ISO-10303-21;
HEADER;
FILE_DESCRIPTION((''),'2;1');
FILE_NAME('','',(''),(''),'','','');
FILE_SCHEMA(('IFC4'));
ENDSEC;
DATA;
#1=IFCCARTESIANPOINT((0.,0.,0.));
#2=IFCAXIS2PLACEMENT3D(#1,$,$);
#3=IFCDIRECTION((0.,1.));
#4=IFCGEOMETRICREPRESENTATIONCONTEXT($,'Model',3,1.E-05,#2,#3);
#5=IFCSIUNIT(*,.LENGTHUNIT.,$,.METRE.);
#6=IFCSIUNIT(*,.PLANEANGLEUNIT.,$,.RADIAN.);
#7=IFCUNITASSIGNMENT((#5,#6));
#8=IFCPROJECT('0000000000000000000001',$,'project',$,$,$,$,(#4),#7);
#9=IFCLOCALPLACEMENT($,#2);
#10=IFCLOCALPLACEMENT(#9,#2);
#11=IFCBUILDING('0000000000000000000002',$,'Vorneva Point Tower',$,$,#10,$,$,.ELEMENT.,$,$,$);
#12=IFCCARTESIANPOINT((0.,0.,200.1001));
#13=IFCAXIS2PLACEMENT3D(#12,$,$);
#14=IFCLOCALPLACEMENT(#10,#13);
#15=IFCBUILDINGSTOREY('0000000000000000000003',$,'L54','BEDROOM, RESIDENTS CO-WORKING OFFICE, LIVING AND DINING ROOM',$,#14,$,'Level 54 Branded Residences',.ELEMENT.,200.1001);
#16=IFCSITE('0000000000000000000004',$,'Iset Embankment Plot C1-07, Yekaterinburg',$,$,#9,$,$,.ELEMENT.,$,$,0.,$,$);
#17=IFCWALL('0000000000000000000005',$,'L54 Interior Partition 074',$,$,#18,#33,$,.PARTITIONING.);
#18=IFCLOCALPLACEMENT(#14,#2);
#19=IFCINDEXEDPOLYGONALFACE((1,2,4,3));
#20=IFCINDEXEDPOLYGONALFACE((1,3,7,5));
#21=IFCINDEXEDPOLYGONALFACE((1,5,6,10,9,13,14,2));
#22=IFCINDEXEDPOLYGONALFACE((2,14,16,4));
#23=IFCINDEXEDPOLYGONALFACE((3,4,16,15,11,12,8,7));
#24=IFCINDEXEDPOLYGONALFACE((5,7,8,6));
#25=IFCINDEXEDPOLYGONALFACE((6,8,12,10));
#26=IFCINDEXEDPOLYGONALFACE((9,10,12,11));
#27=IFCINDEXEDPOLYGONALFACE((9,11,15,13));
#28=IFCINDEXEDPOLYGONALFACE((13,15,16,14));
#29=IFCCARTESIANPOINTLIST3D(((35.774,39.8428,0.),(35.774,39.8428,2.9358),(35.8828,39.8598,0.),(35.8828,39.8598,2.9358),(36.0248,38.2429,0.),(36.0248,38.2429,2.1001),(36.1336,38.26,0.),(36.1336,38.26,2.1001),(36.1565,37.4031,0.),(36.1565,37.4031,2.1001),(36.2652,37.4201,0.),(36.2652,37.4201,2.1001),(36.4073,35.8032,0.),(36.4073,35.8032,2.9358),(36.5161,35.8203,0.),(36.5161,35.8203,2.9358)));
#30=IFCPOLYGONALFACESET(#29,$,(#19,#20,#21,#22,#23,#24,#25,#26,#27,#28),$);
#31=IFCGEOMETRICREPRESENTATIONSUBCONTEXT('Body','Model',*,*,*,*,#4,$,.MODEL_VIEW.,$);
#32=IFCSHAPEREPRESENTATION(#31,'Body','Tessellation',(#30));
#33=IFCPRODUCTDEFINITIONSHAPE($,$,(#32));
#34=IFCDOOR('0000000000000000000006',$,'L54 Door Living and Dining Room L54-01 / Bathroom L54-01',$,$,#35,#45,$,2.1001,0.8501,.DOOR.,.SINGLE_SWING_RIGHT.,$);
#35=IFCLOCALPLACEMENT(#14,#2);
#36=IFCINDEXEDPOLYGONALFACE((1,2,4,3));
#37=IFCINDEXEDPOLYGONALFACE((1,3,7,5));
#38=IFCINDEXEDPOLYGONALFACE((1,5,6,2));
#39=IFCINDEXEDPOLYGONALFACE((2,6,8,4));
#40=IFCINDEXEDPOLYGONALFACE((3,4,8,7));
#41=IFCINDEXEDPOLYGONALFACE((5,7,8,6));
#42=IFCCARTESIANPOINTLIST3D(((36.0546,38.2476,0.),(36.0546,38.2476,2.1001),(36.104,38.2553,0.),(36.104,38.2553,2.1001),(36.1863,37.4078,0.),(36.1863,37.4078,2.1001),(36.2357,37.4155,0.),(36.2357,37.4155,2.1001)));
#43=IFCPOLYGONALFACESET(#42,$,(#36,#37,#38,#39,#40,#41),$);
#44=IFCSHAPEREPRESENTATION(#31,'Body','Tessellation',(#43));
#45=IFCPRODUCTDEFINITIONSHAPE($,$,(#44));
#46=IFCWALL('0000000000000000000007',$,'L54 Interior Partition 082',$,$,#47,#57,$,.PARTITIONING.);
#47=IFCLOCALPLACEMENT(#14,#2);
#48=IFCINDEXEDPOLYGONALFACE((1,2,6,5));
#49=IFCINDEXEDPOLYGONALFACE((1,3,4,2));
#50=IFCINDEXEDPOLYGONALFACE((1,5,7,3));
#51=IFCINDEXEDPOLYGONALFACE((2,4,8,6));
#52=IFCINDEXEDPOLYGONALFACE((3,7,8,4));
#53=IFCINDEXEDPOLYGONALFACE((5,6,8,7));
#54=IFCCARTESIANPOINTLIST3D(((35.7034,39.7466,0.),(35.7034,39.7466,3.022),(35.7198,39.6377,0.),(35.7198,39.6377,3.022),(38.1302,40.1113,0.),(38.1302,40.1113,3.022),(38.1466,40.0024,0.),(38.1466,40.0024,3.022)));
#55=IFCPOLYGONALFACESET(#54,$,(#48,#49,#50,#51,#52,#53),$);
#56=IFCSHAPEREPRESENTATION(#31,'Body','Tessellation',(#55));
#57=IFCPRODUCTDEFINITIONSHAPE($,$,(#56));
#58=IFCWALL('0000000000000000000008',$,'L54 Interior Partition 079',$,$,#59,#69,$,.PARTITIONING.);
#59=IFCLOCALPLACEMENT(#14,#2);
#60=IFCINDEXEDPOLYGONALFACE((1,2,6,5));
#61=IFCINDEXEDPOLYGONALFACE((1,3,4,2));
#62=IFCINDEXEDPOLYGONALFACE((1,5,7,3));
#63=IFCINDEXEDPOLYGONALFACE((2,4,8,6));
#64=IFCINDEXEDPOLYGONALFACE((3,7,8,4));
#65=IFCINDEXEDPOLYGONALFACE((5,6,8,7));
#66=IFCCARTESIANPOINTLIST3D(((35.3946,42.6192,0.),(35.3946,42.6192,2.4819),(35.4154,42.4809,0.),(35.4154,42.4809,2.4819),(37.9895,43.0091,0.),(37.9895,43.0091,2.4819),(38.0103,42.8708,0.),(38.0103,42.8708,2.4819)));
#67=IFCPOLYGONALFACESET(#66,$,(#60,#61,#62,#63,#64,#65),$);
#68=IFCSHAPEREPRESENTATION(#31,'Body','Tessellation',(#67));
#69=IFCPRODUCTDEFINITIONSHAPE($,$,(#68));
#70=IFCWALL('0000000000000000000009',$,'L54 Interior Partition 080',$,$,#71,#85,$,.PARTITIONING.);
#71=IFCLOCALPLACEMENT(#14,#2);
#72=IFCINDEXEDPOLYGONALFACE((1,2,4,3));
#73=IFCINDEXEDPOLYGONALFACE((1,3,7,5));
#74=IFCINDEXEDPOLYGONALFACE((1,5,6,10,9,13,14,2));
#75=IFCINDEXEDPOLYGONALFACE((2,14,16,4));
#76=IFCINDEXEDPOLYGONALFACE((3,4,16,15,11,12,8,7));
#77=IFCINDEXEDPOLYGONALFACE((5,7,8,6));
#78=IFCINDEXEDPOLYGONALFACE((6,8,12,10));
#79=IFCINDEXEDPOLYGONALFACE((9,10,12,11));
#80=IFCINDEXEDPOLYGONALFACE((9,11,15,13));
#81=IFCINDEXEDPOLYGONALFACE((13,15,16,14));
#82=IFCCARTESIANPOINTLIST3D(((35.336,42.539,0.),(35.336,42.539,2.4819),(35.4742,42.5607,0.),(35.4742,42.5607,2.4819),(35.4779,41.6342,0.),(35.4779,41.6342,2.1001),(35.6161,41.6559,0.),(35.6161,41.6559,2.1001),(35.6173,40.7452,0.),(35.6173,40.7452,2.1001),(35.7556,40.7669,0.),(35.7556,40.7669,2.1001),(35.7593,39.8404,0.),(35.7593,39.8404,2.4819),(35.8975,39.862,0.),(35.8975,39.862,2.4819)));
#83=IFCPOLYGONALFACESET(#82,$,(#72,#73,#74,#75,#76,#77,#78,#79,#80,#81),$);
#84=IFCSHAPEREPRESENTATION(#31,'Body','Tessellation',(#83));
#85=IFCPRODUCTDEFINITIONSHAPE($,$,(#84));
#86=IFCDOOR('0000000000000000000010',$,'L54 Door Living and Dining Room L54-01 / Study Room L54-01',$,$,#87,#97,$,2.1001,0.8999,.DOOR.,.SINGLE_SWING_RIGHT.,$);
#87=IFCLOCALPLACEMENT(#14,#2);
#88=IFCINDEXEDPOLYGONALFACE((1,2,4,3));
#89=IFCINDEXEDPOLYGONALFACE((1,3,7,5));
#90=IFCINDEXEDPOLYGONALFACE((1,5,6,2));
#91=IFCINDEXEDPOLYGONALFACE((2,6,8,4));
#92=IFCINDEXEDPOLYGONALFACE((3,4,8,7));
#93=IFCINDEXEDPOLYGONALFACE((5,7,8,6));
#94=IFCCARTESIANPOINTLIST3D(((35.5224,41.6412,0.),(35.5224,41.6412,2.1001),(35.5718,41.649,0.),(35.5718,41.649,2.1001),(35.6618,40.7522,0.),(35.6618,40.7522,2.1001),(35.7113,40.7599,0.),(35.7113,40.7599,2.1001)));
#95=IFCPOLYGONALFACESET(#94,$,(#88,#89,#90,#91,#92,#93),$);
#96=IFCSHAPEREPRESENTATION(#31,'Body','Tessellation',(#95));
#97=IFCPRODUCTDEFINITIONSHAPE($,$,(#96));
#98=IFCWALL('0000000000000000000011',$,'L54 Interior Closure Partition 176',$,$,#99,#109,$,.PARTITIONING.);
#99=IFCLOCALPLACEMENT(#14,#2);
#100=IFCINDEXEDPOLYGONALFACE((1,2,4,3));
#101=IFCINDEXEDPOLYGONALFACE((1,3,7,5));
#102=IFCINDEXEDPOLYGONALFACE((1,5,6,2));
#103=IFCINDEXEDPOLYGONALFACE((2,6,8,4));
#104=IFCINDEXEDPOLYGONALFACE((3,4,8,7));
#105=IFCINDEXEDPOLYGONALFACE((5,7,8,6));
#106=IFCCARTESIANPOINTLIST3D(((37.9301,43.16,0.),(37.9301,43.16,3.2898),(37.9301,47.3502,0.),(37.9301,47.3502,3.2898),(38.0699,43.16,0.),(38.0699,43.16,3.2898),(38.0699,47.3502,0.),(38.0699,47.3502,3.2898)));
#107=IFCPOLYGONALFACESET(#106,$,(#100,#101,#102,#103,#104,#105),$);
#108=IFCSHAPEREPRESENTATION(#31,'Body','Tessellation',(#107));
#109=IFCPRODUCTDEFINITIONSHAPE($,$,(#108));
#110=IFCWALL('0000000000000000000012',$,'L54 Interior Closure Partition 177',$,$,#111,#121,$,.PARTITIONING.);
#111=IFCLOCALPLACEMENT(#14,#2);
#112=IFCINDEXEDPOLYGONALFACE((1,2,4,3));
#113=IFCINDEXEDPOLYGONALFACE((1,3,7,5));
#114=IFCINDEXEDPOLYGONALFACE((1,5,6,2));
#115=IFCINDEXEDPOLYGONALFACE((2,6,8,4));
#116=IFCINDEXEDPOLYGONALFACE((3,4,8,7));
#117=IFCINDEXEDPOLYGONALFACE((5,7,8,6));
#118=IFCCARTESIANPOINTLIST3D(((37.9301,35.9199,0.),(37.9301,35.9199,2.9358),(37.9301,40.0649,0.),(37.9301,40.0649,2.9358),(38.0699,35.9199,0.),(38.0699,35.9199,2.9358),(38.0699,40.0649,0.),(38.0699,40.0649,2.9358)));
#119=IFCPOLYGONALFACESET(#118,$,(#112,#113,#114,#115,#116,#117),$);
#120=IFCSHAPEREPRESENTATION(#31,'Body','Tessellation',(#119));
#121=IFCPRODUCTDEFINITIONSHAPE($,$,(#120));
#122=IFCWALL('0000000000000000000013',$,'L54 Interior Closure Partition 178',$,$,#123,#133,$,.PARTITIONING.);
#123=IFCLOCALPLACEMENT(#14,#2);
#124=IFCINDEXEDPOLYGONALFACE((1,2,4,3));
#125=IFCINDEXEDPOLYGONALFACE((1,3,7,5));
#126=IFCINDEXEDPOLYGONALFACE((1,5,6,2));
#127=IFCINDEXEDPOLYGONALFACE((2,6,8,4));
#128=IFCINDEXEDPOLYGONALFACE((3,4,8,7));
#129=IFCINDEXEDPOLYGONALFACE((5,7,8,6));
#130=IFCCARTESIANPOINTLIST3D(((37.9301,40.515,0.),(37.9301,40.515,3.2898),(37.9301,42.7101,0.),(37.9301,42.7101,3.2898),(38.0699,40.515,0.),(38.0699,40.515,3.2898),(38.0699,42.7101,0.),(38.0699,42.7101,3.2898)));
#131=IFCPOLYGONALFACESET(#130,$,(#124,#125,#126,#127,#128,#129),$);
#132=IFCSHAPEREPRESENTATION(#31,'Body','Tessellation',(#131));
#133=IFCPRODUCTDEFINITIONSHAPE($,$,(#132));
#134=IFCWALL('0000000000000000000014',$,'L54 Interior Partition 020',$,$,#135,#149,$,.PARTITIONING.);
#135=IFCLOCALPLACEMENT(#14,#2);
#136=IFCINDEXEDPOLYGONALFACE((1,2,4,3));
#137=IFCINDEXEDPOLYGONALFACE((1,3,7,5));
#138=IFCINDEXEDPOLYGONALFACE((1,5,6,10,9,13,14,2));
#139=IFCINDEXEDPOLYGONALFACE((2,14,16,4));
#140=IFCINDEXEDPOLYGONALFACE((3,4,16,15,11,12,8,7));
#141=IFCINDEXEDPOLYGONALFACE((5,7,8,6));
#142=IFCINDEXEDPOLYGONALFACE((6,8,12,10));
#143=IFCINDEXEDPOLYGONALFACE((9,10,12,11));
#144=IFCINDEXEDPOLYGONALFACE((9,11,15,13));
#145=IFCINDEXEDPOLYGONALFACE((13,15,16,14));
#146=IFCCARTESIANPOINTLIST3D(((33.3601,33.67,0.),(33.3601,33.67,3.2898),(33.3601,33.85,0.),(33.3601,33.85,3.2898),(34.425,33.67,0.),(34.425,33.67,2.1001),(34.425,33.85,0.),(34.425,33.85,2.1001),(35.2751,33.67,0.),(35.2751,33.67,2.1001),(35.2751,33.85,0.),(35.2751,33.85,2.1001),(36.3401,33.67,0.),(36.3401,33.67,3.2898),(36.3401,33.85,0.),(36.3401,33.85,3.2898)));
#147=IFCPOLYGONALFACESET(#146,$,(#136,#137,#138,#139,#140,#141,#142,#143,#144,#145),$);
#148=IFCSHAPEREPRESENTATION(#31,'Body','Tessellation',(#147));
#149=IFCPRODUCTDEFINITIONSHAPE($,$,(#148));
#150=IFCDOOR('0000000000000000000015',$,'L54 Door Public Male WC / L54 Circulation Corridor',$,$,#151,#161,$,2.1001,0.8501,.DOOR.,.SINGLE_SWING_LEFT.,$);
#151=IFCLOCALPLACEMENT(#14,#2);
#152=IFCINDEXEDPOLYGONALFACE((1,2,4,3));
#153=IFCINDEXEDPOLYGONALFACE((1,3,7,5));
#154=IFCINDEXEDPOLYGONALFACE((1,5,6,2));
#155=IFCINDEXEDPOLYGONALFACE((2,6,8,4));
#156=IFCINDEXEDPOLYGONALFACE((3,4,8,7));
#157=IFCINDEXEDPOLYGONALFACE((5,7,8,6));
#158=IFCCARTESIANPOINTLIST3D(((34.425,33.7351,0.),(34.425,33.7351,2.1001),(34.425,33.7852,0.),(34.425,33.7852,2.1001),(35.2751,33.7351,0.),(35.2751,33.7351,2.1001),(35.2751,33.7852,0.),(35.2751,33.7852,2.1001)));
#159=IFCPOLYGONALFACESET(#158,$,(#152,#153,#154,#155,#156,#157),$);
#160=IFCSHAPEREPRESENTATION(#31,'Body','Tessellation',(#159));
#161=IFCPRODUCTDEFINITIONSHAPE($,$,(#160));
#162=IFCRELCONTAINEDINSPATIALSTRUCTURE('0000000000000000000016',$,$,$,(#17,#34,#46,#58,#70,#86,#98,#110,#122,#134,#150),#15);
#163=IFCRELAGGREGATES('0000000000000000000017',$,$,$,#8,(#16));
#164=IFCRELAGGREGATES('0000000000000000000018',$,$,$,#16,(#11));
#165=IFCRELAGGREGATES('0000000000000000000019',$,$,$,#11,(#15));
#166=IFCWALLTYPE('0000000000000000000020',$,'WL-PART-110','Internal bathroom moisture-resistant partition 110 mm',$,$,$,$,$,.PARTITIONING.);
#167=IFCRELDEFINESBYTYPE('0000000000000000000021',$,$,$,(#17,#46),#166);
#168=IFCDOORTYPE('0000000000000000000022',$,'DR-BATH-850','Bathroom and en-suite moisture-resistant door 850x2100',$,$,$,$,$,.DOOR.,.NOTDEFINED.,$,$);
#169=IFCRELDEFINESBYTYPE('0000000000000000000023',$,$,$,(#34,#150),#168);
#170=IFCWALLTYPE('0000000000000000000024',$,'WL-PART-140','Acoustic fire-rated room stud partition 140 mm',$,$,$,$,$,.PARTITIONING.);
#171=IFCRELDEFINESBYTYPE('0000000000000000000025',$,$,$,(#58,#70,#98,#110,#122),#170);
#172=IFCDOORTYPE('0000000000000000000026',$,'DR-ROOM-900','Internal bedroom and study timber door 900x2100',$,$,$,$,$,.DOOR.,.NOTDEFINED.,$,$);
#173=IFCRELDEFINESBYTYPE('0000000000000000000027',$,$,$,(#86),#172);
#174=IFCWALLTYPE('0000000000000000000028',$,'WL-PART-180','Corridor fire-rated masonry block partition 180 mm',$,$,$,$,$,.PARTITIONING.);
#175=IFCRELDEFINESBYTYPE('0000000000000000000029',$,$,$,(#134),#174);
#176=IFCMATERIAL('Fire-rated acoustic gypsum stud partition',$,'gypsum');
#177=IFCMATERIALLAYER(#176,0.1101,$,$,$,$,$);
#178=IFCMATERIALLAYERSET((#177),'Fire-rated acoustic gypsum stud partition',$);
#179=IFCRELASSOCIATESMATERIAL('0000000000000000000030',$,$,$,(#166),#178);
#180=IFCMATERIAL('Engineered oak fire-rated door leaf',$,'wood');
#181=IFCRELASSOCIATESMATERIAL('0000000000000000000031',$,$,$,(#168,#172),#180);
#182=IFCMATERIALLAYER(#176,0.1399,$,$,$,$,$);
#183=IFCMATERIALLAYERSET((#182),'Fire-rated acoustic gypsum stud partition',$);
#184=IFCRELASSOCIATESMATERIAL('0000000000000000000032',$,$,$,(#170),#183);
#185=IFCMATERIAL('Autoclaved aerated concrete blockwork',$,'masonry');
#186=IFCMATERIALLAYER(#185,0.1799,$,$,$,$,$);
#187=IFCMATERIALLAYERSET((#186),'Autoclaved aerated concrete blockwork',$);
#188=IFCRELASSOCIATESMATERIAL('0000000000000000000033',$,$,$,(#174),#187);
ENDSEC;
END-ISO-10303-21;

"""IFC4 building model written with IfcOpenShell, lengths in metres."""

from ifc_helpers import new_model, si_unit, direction, frame, frame_2d, origin, place, context, subcontext, project, spatial, rectangle, extrude, material, layer, layer_set, type_object, element, fill, save


model = new_model("IFC4")

# Units and contexts
model_context = context("Model", 3, precision=1e-05, world=origin(), true_north=direction((0.0, 1.0)))
body_context = subcontext(model_context, "Body", "Model", "MODEL_VIEW")
ifc_project = project(units=[si_unit("LENGTHUNIT", "METRE"), si_unit("PLANEANGLEUNIT", "RADIAN")], contexts=[model_context])

# Site, building, storey
site_placement = place(None, origin())
site = spatial("IfcSite", under=ifc_project, at=site_placement, Name="Iset Embankment Plot C1-07, Yekaterinburg", CompositionType="ELEMENT", RefElevation=0.0)
building_placement = place(site_placement, origin())
building = spatial("IfcBuilding", under=site, at=building_placement, Name="Vorneva Point Tower", CompositionType="ELEMENT")
storey_placement = place(building_placement, frame((0.0, 0.0, 200.1001)))
storey = spatial("IfcBuildingStorey", under=building, at=storey_placement, Name="L54", Description="BEDROOM, RESIDENTS CO-WORKING OFFICE, LIVING AND DINING ROOM", LongName="Level 54 Branded Residences", CompositionType="ELEMENT", Elevation=200.1001)

# Wall, opening, door
ifc_material_1 = material(Name="Fire-rated acoustic gypsum stud partition", Category="gypsum")
ifc_layer_1 = layer(ifc_material_1, 0.1101)
ifc_layer_set_1 = layer_set([ifc_layer_1], Name="Fire-rated acoustic gypsum stud partition")
wall_type_1 = type_object("IfcWallType", Name="WL-PART-110", Description="Internal bathroom moisture-resistant partition 110 mm", PredefinedType="PARTITIONING", material=ifc_layer_set_1)
wall_1_placement = place(storey_placement, frame((36.4617, 35.8118, 0.0), z_axis=(0.0, 0.0, 1.0), x_axis=(-0.154883, 0.987933, 0.0)))
wall_1 = element("IfcWall", 1, at=wall_1_placement, inside=storey, type_object=wall_type_1, Name="L54 Interior Partition 074", PredefinedType="PARTITIONING", context=body_context, shape_type="SweptSolid", body=[
    extrude(rectangle(XDim=4.0889, YDim=0.1101, at=frame_2d((2.0444, 0.0))), origin(), (0.0, 0.0, 1.0), 2.9358),
])
opening_1_placement = place(wall_1_placement, frame((1.6194, 0.0, 0.0)))
opening_1 = element("IfcOpeningElement", 2, at=opening_1_placement, cuts=wall_1, PredefinedType="OPENING", context=body_context, shape_type="SweptSolid", body=[
    extrude(rectangle(XDim=0.8501, YDim=2.1001, at=frame_2d((0.425, 1.05))), frame((0.0, 0.0698, 0.0), z_axis=(0.0, -1.0, 0.0), x_axis=(1.0, 0.0, 0.0)), (0.0, 0.0, 1.0), 0.1399),
])
ifc_material_2 = material(Name="Engineered oak fire-rated door leaf", Category="wood")
door_type_1 = type_object("IfcDoorType", Name="DR-BATH-850", Description="Bathroom and en-suite moisture-resistant door 850x2100", OperationType="NOTDEFINED", PredefinedType="DOOR", material=ifc_material_2)
door_1_placement = place(opening_1_placement, origin())
door_1 = element("IfcDoor", 3, at=door_1_placement, inside=storey, type_object=door_type_1, Name="L54 Door Living and Dining Room L54-01 / Bathroom L54-01", OperationType="SINGLE_SWING_RIGHT", OverallHeight=2.1001, OverallWidth=0.8501, PredefinedType="DOOR", context=body_context, shape_type="SweptSolid", body=[
    extrude(rectangle(XDim=0.8501, YDim=2.1001, at=frame_2d((0.425, 1.05))), frame((0.0, 0.0249, 0.0), z_axis=(0.0, -1.0, 0.0), x_axis=(1.0, 0.0, 0.0)), (0.0, 0.0, 1.0), 0.05),
])
fill(opening_1, door_1)

# Walls
wall_2_placement = place(storey_placement, frame((38.1384, 40.0569, 0.0), z_axis=(0.0, 0.0, 1.0), x_axis=(-0.988893, -0.148632, 0.0)))
element("IfcWall", 4, at=wall_2_placement, inside=storey, type_object=wall_type_1, Name="L54 Interior Partition 082", PredefinedType="PARTITIONING", context=body_context, shape_type="SweptSolid", body=[
    extrude(rectangle(XDim=2.4541, YDim=0.1101, at=frame_2d((1.2271, 0.0))), origin(), (0.0, 0.0, 1.0), 3.022),
])
ifc_layer_2 = layer(ifc_material_1, 0.1399)
ifc_layer_set_2 = layer_set([ifc_layer_2], Name="Fire-rated acoustic gypsum stud partition")
wall_type_2 = type_object("IfcWallType", Name="WL-PART-140", Description="Acoustic fire-rated room stud partition 140 mm", PredefinedType="PARTITIONING", material=ifc_layer_set_2)
wall_3_placement = place(storey_placement, frame((35.405, 42.55, 0.0), z_axis=(0.0, 0.0, 1.0), x_axis=(0.9889, 0.148582, 0.0)))
element("IfcWall", 5, at=wall_3_placement, inside=storey, type_object=wall_type_2, Name="L54 Interior Partition 079", PredefinedType="PARTITIONING", context=body_context, shape_type="SweptSolid", body=[
    extrude(rectangle(XDim=2.624, YDim=0.1399, at=frame_2d((1.312, 0.0))), origin(), (0.0, 0.0, 1.0), 2.4819),
])

# Wall, opening, door
wall_4_placement = place(storey_placement, frame((35.8284, 39.8513, 0.0), z_axis=(0.0, 0.0, 1.0), x_axis=(-0.154971, 0.987919, 0.0)))
wall_4 = element("IfcWall", 6, at=wall_4_placement, inside=storey, type_object=wall_type_2, Name="L54 Interior Partition 080", PredefinedType="PARTITIONING", context=body_context, shape_type="SweptSolid", body=[
    extrude(rectangle(XDim=2.7317, YDim=0.1399, at=frame_2d((1.3657, 0.0))), origin(), (0.0, 0.0, 1.0), 2.4819),
])
opening_2_placement = place(wall_4_placement, frame((0.9158, 0.0, 0.0)))
opening_2 = element("IfcOpeningElement", 7, at=opening_2_placement, cuts=wall_4, PredefinedType="OPENING", context=body_context, shape_type="SweptSolid", body=[
    extrude(rectangle(XDim=0.8999, YDim=2.1001, at=frame_2d((0.45, 1.05))), frame((0.0, 0.085, 0.0), z_axis=(0.0, -1.0, 0.0), x_axis=(1.0, 0.0, 0.0)), (0.0, 0.0, 1.0), 0.1697),
])
door_type_2 = type_object("IfcDoorType", Name="DR-ROOM-900", Description="Internal bedroom and study timber door 900x2100", OperationType="NOTDEFINED", PredefinedType="DOOR", material=ifc_material_2)
door_2_placement = place(opening_2_placement, origin())
door_2 = element("IfcDoor", 8, at=door_2_placement, inside=storey, type_object=door_type_2, Name="L54 Door Living and Dining Room L54-01 / Study Room L54-01", OperationType="SINGLE_SWING_RIGHT", OverallHeight=2.1001, OverallWidth=0.8999, PredefinedType="DOOR", context=body_context, shape_type="SweptSolid", body=[
    extrude(rectangle(XDim=0.8999, YDim=2.1001, at=frame_2d((0.45, 1.05))), frame((0.0, 0.0249, 0.0), z_axis=(0.0, -1.0, 0.0), x_axis=(1.0, 0.0, 0.0)), (0.0, 0.0, 1.0), 0.05),
])
fill(opening_2, door_2)

# Walls
wall_5_placement = place(storey_placement, frame((38.0, 43.1599, 0.0), z_axis=(0.0, 0.0, 1.0), x_axis=(0.0, 1.0, 0.0)))
element("IfcWall", 9, at=wall_5_placement, inside=storey, type_object=wall_type_2, Name="L54 Interior Closure Partition 176", PredefinedType="PARTITIONING", context=body_context, shape_type="SweptSolid", body=[
    extrude(rectangle(XDim=4.1902, YDim=0.1399, at=frame_2d((2.0952, 0.0))), origin(), (0.0, 0.0, 1.0), 3.2898),
])
wall_6_placement = place(storey_placement, frame((38.0, 35.9199, 0.0), z_axis=(0.0, 0.0, 1.0), x_axis=(0.0, 1.0, 0.0)))
element("IfcWall", 10, at=wall_6_placement, inside=storey, type_object=wall_type_2, Name="L54 Interior Closure Partition 177", PredefinedType="PARTITIONING", context=body_context, shape_type="SweptSolid", body=[
    extrude(rectangle(XDim=4.145, YDim=0.1399, at=frame_2d((2.0725, 0.0))), origin(), (0.0, 0.0, 1.0), 2.9358),
])
wall_7_placement = place(storey_placement, frame((38.0, 40.5149, 0.0), z_axis=(0.0, 0.0, 1.0), x_axis=(0.0, 1.0, 0.0)))
element("IfcWall", 11, at=wall_7_placement, inside=storey, type_object=wall_type_2, Name="L54 Interior Closure Partition 178", PredefinedType="PARTITIONING", context=body_context, shape_type="SweptSolid", body=[
    extrude(rectangle(XDim=2.1951, YDim=0.1399, at=frame_2d((1.0977, 0.0))), origin(), (0.0, 0.0, 1.0), 3.2898),
])

# Wall, opening, door
ifc_material_3 = material(Name="Autoclaved aerated concrete blockwork", Category="masonry")
ifc_layer_3 = layer(ifc_material_3, 0.1799)
ifc_layer_set_3 = layer_set([ifc_layer_3], Name="Autoclaved aerated concrete blockwork")
wall_type_3 = type_object("IfcWallType", Name="WL-PART-180", Description="Corridor fire-rated masonry block partition 180 mm", PredefinedType="PARTITIONING", material=ifc_layer_set_3)
wall_8_placement = place(storey_placement, frame((36.3401, 33.76, 0.0), z_axis=(0.0, 0.0, 1.0), x_axis=(-1.0, 0.0, 0.0)))
wall_8 = element("IfcWall", 12, at=wall_8_placement, inside=storey, type_object=wall_type_3, Name="L54 Interior Partition 020", PredefinedType="PARTITIONING", context=body_context, shape_type="SweptSolid", body=[
    extrude(rectangle(XDim=2.98, YDim=0.1799, at=frame_2d((1.49, 0.0))), origin(), (0.0, 0.0, 1.0), 3.2898),
])
opening_3_placement = place(wall_8_placement, frame((1.0649, 0.0, 0.0)))
opening_3 = element("IfcOpeningElement", 13, at=opening_3_placement, cuts=wall_8, PredefinedType="OPENING", context=body_context, shape_type="SweptSolid", body=[
    extrude(rectangle(XDim=0.8501, YDim=2.1001, at=frame_2d((0.425, 1.05))), frame((0.0, 0.105, 0.0), z_axis=(0.0, -1.0, 0.0), x_axis=(1.0, 0.0, 0.0)), (0.0, 0.0, 1.0), 0.2097),
])
door_3_placement = place(opening_3_placement, origin())
door_3 = element("IfcDoor", 14, at=door_3_placement, inside=storey, type_object=door_type_1, Name="L54 Door Public Male WC / L54 Circulation Corridor", OperationType="SINGLE_SWING_LEFT", OverallHeight=2.1001, OverallWidth=0.8501, PredefinedType="DOOR", context=body_context, shape_type="SweptSolid", body=[
    extrude(rectangle(XDim=0.8501, YDim=2.1001, at=frame_2d((0.425, 1.05))), frame((0.0, 0.0249, 0.0), z_axis=(0.0, -1.0, 0.0), x_axis=(1.0, 0.0, 0.0)), (0.0, 0.0, 1.0), 0.05),
])
fill(opening_3, door_3)

save(model, "model.ifc")
